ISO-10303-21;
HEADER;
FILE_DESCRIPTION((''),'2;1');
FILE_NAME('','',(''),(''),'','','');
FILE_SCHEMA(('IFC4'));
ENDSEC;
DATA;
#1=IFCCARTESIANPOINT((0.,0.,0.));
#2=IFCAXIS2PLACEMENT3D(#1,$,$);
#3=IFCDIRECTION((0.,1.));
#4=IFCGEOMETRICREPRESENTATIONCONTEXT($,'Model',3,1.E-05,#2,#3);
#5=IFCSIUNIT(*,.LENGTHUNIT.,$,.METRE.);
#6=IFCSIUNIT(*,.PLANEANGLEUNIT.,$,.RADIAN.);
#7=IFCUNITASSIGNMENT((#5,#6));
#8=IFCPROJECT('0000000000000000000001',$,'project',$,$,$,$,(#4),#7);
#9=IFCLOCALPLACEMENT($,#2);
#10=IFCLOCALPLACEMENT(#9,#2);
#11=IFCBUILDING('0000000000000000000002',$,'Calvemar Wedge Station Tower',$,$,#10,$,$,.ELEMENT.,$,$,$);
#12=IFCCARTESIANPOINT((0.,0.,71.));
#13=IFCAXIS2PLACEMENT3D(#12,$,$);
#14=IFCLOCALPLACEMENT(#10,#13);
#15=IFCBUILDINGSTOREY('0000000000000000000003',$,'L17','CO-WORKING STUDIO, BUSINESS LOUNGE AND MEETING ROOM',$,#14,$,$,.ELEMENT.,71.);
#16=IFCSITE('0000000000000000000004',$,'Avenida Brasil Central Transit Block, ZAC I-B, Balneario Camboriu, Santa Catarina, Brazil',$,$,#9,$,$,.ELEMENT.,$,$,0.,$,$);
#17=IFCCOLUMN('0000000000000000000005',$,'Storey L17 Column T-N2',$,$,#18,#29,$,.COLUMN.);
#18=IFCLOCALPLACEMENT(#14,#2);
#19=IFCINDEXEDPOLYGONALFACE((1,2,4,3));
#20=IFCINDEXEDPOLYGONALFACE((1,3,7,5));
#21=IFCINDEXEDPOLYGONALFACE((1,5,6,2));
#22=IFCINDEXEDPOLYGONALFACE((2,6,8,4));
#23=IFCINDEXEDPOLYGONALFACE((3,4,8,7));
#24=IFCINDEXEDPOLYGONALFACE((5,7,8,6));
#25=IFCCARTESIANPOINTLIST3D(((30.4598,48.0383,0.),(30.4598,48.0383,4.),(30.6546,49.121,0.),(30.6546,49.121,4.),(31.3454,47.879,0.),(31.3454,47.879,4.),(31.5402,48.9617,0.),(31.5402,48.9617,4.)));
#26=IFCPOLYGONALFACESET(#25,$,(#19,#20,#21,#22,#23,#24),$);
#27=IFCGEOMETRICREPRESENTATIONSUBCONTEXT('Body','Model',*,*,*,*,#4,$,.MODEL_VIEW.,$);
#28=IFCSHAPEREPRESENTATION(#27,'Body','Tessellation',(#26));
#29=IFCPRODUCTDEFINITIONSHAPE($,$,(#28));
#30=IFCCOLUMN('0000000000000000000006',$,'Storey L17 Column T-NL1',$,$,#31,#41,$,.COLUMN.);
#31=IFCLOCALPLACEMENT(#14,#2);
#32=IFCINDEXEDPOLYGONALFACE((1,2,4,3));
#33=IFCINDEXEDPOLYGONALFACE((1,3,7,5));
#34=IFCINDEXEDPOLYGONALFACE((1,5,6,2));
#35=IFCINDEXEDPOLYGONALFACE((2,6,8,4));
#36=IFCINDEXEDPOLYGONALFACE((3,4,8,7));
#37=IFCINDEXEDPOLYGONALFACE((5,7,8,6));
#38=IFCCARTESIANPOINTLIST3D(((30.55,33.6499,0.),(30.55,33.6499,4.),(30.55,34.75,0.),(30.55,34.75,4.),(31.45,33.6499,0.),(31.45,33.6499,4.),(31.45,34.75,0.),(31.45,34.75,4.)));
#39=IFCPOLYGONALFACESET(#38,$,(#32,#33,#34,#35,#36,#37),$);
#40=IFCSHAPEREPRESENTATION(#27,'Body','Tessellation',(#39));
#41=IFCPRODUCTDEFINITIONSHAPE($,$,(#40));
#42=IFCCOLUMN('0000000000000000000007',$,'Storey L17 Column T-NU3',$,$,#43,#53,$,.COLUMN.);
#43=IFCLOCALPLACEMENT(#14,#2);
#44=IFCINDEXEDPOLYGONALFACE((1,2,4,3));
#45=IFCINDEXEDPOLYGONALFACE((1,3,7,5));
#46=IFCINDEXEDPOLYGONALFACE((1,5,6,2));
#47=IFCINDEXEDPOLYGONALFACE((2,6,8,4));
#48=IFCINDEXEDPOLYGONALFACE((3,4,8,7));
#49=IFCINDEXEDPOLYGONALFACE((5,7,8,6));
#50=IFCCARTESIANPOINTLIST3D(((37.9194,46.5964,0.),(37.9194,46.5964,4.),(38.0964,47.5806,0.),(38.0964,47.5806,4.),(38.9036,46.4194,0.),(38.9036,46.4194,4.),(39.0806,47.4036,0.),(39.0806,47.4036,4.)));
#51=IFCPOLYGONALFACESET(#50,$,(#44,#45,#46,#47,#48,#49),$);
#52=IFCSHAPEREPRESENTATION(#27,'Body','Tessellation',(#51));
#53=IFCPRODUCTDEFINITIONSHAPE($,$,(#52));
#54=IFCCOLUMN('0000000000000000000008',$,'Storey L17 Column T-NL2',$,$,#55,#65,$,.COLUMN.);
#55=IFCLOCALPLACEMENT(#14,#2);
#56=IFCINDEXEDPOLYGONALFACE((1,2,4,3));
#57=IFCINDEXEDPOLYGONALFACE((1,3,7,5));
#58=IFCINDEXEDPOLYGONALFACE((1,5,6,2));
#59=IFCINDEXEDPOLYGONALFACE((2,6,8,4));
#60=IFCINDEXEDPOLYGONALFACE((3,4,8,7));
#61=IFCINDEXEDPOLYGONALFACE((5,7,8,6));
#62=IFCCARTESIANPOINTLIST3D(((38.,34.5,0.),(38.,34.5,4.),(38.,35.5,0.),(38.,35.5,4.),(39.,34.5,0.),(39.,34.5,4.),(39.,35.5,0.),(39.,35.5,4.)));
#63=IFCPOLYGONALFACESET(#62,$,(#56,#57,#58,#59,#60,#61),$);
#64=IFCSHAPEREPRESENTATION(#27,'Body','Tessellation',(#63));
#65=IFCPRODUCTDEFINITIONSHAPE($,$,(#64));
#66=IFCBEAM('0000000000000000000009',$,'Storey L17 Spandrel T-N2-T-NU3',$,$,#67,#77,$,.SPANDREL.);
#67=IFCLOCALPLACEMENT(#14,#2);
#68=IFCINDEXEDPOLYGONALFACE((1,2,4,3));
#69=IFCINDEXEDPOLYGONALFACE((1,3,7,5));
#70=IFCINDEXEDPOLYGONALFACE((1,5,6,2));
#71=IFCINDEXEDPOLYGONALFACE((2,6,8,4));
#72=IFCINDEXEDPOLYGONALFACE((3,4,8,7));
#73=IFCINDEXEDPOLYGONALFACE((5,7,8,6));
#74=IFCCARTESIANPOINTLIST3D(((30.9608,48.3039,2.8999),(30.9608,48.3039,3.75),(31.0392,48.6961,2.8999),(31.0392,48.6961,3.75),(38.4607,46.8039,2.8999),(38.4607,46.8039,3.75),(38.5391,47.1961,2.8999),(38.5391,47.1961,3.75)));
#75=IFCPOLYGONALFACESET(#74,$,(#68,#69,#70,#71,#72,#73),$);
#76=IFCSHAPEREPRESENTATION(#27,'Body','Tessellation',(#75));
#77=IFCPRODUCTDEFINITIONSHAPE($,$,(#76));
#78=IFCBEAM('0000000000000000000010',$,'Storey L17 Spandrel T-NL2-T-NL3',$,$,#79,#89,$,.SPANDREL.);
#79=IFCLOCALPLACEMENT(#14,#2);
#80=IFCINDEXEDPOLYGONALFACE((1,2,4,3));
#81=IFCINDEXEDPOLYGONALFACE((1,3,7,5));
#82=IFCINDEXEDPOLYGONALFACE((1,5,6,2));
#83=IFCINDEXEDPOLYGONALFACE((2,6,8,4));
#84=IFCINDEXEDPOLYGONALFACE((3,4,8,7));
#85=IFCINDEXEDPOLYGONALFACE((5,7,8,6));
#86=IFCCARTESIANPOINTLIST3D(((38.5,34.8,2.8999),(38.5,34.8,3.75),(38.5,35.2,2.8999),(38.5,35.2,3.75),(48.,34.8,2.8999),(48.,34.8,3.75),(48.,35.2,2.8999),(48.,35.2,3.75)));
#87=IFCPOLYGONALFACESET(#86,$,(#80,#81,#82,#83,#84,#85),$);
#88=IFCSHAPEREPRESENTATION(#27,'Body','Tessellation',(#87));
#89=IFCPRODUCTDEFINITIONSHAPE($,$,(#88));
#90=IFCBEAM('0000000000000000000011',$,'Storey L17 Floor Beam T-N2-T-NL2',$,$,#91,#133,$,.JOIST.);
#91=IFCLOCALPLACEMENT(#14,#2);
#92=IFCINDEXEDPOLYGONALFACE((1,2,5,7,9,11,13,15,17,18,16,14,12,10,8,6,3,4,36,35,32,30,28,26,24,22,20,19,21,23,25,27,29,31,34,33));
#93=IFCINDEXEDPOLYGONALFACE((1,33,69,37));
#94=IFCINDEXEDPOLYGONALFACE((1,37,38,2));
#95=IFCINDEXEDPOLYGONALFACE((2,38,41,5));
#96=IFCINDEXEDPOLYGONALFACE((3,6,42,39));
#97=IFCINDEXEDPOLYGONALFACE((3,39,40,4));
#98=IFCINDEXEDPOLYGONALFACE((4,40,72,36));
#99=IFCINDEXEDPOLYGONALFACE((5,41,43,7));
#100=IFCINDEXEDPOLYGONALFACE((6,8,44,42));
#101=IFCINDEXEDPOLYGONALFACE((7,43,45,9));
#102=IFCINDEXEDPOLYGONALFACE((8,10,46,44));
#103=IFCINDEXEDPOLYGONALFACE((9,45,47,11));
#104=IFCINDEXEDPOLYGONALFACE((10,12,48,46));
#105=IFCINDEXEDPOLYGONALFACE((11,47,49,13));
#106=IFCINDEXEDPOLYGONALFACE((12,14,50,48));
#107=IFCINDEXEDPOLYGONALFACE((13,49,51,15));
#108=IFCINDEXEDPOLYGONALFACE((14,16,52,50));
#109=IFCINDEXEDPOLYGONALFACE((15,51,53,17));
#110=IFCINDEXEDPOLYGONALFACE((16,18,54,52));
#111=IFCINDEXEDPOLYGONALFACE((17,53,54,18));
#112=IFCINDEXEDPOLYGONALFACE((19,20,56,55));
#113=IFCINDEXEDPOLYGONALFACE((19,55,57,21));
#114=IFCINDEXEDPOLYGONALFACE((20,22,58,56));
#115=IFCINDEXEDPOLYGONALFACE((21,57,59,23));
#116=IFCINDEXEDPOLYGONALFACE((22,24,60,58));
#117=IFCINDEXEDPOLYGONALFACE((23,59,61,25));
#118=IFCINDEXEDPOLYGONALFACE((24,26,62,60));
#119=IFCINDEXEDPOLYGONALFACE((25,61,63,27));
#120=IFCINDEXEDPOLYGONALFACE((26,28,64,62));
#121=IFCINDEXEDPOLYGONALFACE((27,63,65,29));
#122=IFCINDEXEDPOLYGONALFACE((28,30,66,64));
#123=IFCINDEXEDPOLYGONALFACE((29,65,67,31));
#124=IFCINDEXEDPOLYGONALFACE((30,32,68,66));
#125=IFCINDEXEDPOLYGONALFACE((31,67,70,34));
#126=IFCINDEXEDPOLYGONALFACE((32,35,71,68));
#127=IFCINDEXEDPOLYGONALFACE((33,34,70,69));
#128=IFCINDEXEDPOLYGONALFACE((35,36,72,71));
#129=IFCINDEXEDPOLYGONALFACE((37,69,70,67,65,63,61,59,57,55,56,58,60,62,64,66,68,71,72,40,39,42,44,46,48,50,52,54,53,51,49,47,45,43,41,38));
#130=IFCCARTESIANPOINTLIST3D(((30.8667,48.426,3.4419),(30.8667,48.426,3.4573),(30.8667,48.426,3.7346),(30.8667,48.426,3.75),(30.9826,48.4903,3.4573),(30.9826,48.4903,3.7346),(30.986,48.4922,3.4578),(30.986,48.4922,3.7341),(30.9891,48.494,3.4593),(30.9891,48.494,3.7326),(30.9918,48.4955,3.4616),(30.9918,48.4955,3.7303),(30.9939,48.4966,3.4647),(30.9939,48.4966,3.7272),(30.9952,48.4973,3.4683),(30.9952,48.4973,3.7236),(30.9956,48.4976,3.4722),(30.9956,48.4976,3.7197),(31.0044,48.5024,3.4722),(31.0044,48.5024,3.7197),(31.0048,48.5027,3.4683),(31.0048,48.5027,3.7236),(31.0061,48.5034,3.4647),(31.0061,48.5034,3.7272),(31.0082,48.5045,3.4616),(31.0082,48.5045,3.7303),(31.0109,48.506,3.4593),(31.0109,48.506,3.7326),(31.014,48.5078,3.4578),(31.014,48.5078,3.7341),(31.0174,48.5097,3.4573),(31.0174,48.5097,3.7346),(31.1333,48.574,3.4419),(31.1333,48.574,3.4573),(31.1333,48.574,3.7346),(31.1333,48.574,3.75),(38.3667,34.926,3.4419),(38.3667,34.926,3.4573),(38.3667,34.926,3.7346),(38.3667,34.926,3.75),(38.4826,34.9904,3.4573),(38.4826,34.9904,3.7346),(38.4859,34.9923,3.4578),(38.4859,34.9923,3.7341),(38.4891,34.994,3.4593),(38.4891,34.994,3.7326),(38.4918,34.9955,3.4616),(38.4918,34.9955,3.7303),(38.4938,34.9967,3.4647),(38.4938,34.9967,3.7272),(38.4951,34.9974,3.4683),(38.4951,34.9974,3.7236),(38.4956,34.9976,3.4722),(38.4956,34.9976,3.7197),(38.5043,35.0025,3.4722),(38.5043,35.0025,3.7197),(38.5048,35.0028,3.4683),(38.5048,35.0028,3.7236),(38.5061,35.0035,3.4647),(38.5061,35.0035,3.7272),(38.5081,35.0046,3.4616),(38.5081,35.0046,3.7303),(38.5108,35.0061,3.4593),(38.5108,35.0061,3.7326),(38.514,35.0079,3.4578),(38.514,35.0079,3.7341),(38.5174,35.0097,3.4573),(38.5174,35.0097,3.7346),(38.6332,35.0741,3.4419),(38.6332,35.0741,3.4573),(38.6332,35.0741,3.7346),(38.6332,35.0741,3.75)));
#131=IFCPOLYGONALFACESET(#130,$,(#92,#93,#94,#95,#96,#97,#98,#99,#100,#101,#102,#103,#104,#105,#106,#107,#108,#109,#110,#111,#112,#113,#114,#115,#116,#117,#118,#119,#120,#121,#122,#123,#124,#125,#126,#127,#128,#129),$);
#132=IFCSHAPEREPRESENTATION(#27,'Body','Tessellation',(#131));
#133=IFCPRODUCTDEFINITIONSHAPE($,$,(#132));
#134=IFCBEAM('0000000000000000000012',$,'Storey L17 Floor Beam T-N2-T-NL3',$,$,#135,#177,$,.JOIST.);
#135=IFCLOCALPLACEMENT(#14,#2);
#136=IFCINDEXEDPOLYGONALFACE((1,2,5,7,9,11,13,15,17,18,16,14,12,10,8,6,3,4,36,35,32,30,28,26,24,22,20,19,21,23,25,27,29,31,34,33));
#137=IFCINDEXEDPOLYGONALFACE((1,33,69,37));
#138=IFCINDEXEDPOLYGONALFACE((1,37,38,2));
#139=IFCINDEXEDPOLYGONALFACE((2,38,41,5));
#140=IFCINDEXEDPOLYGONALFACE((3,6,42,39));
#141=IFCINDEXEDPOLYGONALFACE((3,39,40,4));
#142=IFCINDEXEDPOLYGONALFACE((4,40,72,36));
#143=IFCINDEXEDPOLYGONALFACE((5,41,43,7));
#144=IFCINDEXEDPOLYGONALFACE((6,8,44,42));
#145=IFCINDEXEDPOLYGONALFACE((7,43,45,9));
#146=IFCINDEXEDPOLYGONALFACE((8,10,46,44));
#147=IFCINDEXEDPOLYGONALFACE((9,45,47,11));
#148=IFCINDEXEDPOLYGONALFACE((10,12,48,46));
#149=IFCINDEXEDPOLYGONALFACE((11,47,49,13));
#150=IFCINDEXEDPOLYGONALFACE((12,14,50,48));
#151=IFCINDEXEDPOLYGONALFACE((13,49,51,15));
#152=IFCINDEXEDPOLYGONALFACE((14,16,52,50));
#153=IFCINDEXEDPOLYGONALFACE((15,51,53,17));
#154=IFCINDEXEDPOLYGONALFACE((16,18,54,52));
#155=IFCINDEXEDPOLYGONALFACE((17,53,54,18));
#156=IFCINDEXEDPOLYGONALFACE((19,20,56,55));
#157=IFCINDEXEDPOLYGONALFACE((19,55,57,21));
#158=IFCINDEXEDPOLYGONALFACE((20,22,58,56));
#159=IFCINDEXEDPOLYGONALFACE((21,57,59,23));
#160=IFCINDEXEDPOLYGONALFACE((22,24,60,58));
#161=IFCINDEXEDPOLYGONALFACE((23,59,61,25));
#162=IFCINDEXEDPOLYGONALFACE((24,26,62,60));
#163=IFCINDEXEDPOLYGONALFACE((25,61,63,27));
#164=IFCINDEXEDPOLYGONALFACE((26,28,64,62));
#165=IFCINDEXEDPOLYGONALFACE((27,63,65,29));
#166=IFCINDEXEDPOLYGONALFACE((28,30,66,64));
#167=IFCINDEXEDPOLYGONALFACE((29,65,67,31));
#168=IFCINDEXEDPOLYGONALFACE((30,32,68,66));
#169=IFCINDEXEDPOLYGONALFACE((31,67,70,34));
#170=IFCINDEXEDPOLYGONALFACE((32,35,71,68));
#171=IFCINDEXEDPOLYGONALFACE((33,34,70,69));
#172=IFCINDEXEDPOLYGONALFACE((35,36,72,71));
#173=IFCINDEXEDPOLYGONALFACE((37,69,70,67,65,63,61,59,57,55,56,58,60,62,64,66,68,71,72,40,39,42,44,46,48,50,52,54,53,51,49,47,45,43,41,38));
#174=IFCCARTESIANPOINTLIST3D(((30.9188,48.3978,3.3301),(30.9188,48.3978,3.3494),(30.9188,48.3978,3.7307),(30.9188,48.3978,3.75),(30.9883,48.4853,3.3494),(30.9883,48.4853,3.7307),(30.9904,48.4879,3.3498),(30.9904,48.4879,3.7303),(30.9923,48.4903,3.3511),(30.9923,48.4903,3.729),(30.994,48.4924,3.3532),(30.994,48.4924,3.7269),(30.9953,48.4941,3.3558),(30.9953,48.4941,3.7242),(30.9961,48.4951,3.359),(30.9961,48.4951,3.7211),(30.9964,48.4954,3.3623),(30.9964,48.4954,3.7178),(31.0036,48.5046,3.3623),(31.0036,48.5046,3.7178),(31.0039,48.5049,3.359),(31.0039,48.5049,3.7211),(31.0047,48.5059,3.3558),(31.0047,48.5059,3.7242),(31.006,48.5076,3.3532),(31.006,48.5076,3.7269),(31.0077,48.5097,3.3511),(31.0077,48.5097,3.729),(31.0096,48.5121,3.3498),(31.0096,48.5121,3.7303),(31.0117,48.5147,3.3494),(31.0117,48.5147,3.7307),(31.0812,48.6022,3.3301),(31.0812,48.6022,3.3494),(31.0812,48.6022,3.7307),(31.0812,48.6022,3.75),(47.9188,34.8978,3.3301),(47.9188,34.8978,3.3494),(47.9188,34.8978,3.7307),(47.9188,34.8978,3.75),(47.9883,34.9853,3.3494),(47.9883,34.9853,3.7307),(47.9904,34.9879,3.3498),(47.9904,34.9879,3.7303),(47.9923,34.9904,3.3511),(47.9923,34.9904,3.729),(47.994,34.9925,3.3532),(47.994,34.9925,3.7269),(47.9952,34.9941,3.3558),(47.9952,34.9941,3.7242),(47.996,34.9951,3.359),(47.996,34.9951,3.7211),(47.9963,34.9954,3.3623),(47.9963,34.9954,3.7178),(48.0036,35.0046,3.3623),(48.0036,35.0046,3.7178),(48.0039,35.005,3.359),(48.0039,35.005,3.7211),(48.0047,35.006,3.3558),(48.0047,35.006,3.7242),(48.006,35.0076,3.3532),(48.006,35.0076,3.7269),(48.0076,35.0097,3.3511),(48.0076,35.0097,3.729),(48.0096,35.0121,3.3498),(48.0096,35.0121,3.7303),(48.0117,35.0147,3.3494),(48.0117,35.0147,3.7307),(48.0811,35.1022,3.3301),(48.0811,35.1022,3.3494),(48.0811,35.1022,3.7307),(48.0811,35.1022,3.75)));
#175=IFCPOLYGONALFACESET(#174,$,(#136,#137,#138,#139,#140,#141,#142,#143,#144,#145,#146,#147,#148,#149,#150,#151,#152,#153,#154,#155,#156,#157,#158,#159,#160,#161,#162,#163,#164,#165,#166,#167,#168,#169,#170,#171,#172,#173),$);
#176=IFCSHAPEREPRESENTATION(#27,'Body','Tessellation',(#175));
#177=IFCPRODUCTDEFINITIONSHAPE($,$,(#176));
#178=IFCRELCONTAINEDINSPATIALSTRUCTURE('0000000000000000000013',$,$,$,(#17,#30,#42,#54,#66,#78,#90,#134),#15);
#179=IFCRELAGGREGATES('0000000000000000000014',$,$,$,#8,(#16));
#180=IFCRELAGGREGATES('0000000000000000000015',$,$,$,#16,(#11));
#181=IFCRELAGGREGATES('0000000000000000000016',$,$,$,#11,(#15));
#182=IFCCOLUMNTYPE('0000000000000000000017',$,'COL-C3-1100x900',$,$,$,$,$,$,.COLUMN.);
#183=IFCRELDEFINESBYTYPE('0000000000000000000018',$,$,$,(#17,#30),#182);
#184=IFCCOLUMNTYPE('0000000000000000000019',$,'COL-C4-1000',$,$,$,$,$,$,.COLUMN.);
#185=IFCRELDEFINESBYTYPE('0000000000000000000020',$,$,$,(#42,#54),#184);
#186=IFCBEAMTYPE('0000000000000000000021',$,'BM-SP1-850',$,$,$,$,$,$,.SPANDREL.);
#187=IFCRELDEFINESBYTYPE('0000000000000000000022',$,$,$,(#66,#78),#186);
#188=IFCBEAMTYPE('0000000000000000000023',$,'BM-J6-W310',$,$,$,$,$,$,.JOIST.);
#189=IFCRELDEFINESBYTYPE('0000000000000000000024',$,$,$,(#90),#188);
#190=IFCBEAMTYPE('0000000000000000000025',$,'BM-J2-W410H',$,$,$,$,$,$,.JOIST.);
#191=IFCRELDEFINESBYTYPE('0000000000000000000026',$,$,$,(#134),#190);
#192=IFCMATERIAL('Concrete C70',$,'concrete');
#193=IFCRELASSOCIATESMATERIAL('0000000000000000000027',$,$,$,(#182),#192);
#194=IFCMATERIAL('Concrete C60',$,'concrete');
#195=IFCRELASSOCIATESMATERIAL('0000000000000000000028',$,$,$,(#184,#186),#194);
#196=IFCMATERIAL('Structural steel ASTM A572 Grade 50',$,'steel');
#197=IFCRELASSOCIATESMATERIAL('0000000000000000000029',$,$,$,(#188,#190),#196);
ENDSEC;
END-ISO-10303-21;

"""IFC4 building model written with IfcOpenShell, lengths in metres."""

from ifc_helpers import new_model, si_unit, direction, frame, origin, origin_2d, place, context, subcontext, project, spatial, rectangle, i_section, extrude, source, transform, mapped, material, material_profile, profile_set, type_object, element, save


model = new_model("IFC4")

# Units and contexts
model_context = context("Model", 3, precision=1e-05, world=origin(), true_north=direction((0.0, 1.0)))
body_context = subcontext(model_context, "Body", "Model", "MODEL_VIEW")
ifc_project = project(units=[si_unit("LENGTHUNIT", "METRE"), si_unit("PLANEANGLEUNIT", "RADIAN")], contexts=[model_context])

# Site, building, storey
site_placement = place(None, origin())
site = spatial("IfcSite", under=ifc_project, at=site_placement, Name="Avenida Brasil Central Transit Block, ZAC I-B, Balneario Camboriu, Santa Catarina, Brazil", CompositionType="ELEMENT", RefElevation=0.0)
building_placement = place(site_placement, origin())
building = spatial("IfcBuilding", under=site, at=building_placement, Name="Calvemar Wedge Station Tower", CompositionType="ELEMENT")
storey_placement = place(building_placement, frame((0.0, 0.0, 71.0)))
storey = spatial("IfcBuildingStorey", under=building, at=storey_placement, Name="L17", Description="CO-WORKING STUDIO, BUSINESS LOUNGE AND MEETING ROOM", CompositionType="ELEMENT", Elevation=71.0)

# Columns
ifc_material_1 = material(Name="Concrete C70", Category="concrete")
ifc_material_profile_1 = material_profile(ifc_material_1, rectangle(XDim=0.8999, YDim=1.1001, at=origin_2d()), Name="RC1100x900")
ifc_profile_set_1 = profile_set([ifc_material_profile_1], Name="Concrete C70")
column_type_1 = type_object("IfcColumnType", Name="COL-C3-1100x900", PredefinedType="COLUMN", material=ifc_profile_set_1)
shared_shape_1 = source(origin(), body_context, "Body", "SweptSolid", [
    extrude(rectangle(XDim=0.8999, YDim=1.1001, at=origin_2d()), origin(), (0.0, 0.0, 1.0), 4.0),
])
for number, where, z_axis, x_axis, name in (
    (1, (31.0, 48.5, 0.0), (0.0, 0.0, 1.0), (0.984196, -0.177085, 0.0), "Storey L17 Column T-N2"),
    (2, (31.0, 34.2, 0.0), (0.0, 0.0, 1.0), (1.0, 0.0, 0.0), "Storey L17 Column T-NL1"),
):
    element("IfcColumn", number, at=place(storey_placement, frame(where, z_axis=z_axis, x_axis=x_axis)), inside=storey, type_object=column_type_1, Name=name, PredefinedType="COLUMN", context=body_context, shape_type="MappedRepresentation", body=[
        mapped(shared_shape_1, transform((0.0, 0.0, 0.0), scale=1.0)),
    ])
ifc_material_2 = material(Name="Concrete C60", Category="concrete")
ifc_material_profile_2 = material_profile(ifc_material_2, rectangle(XDim=1.0, YDim=1.0, at=origin_2d()), Name="RC1000x1000")
ifc_profile_set_2 = profile_set([ifc_material_profile_2], Name="Concrete C60")
column_type_2 = type_object("IfcColumnType", Name="COL-C4-1000", PredefinedType="COLUMN", material=ifc_profile_set_2)
shared_shape_2 = source(origin(), body_context, "Body", "SweptSolid", [
    extrude(rectangle(XDim=1.0, YDim=1.0, at=origin_2d()), origin(), (0.0, 0.0, 1.0), 4.0),
])
for number, where, z_axis, x_axis, name in (
    (3, (38.5, 47.0, 0.0), (0.0, 0.0, 1.0), (0.984196, -0.177085, 0.0), "Storey L17 Column T-NU3"),
    (4, (38.5, 35.0, 0.0), (0.0, 0.0, 1.0), (1.0, 0.0, 0.0), "Storey L17 Column T-NL2"),
):
    element("IfcColumn", number, at=place(storey_placement, frame(where, z_axis=z_axis, x_axis=x_axis)), inside=storey, type_object=column_type_2, Name=name, PredefinedType="COLUMN", context=body_context, shape_type="MappedRepresentation", body=[
        mapped(shared_shape_2, transform((0.0, 0.0, 0.0), scale=1.0)),
    ])

# Beams
ifc_material_profile_3 = material_profile(ifc_material_2, rectangle(XDim=0.3999, YDim=0.8501, at=origin_2d()), Name="RC400x850")
ifc_profile_set_3 = profile_set([ifc_material_profile_3], Name="Concrete C60")
beam_type_1 = type_object("IfcBeamType", Name="BM-SP1-850", PredefinedType="SPANDREL", material=ifc_profile_set_3)
shared_shape_3 = source(origin(), body_context, "Body", "SweptSolid", [
    extrude(rectangle(XDim=0.3999, YDim=0.8501, at=origin_2d()), origin(), (0.0, 0.0, 1.0), 7.6484),
])
beam_1_placement = place(storey_placement, frame((31.0, 48.5, 3.325), z_axis=(0.980581, -0.196116, 0.0), x_axis=(0.196116, 0.980581, 0.0)))
element("IfcBeam", 5, at=beam_1_placement, inside=storey, type_object=beam_type_1, Name="Storey L17 Spandrel T-N2-T-NU3", PredefinedType="SPANDREL", context=body_context, shape_type="MappedRepresentation", body=[
    mapped(shared_shape_3, transform((0.0, 0.0, 0.0), scale=1.0)),
])
shared_shape_4 = source(origin(), body_context, "Body", "SweptSolid", [
    extrude(rectangle(XDim=0.3999, YDim=0.8501, at=origin_2d()), origin(), (0.0, 0.0, 1.0), 9.5),
])
beam_2_placement = place(storey_placement, frame((38.5, 35.0, 3.325), z_axis=(1.0, 0.0, 0.0), x_axis=(0.0, 1.0, 0.0)))
element("IfcBeam", 6, at=beam_2_placement, inside=storey, type_object=beam_type_1, Name="Storey L17 Spandrel T-NL2-T-NL3", PredefinedType="SPANDREL", context=body_context, shape_type="MappedRepresentation", body=[
    mapped(shared_shape_4, transform((0.0, 0.0, 0.0), scale=1.0)),
])
ifc_material_3 = material(Name="Structural steel ASTM A572 Grade 50", Category="steel")
ifc_material_profile_4 = material_profile(ifc_material_3, i_section(OverallWidth=0.3049, OverallDepth=0.3081, WebThickness=0.01, FlangeThickness=0.0154, FilletRadius=0.0149, at=origin_2d()), Name="W310x97")
ifc_profile_set_4 = profile_set([ifc_material_profile_4], Name="Structural steel ASTM A572 Grade 50")
beam_type_2 = type_object("IfcBeamType", Name="BM-J6-W310", PredefinedType="JOIST", material=ifc_profile_set_4)
shared_shape_5 = source(origin(), body_context, "Body", "SweptSolid", [
    extrude(i_section(OverallWidth=0.3049, OverallDepth=0.3081, WebThickness=0.01, FlangeThickness=0.0154, FilletRadius=0.0149, at=origin_2d()), origin(), (0.0, 0.0, 1.0), 15.4434),
])
beam_3_placement = place(storey_placement, frame((31.0, 48.5, 3.5959), z_axis=(0.485643, -0.874157, 0.0), x_axis=(0.874157, 0.485643, 0.0)))
element("IfcBeam", 7, at=beam_3_placement, inside=storey, type_object=beam_type_2, Name="Storey L17 Floor Beam T-N2-T-NL2", PredefinedType="JOIST", context=body_context, shape_type="MappedRepresentation", body=[
    mapped(shared_shape_5, transform((0.0, 0.0, 0.0), scale=1.0)),
])
ifc_material_profile_5 = material_profile(ifc_material_3, i_section(OverallWidth=0.261, OverallDepth=0.4199, WebThickness=0.0117, FlangeThickness=0.0193, FilletRadius=0.0129, at=origin_2d()), Name="W410x114")
ifc_profile_set_5 = profile_set([ifc_material_profile_5], Name="Structural steel ASTM A572 Grade 50")
beam_type_3 = type_object("IfcBeamType", Name="BM-J2-W410H", PredefinedType="JOIST", material=ifc_profile_set_5)
shared_shape_6 = source(origin(), body_context, "Body", "SweptSolid", [
    extrude(i_section(OverallWidth=0.261, OverallDepth=0.4199, WebThickness=0.0117, FlangeThickness=0.0193, FilletRadius=0.0129, at=origin_2d()), origin(), (0.0, 0.0, 1.0), 21.7083),
])
beam_4_placement = place(storey_placement, frame((31.0, 48.5, 3.54), z_axis=(0.783111, -0.621882, 0.0), x_axis=(0.621882, 0.783111, 0.0)))
element("IfcBeam", 8, at=beam_4_placement, inside=storey, type_object=beam_type_3, Name="Storey L17 Floor Beam T-N2-T-NL3", PredefinedType="JOIST", context=body_context, shape_type="MappedRepresentation", body=[
    mapped(shared_shape_6, transform((0.0, 0.0, 0.0), scale=1.0)),
])

save(model, "model.ifc")
